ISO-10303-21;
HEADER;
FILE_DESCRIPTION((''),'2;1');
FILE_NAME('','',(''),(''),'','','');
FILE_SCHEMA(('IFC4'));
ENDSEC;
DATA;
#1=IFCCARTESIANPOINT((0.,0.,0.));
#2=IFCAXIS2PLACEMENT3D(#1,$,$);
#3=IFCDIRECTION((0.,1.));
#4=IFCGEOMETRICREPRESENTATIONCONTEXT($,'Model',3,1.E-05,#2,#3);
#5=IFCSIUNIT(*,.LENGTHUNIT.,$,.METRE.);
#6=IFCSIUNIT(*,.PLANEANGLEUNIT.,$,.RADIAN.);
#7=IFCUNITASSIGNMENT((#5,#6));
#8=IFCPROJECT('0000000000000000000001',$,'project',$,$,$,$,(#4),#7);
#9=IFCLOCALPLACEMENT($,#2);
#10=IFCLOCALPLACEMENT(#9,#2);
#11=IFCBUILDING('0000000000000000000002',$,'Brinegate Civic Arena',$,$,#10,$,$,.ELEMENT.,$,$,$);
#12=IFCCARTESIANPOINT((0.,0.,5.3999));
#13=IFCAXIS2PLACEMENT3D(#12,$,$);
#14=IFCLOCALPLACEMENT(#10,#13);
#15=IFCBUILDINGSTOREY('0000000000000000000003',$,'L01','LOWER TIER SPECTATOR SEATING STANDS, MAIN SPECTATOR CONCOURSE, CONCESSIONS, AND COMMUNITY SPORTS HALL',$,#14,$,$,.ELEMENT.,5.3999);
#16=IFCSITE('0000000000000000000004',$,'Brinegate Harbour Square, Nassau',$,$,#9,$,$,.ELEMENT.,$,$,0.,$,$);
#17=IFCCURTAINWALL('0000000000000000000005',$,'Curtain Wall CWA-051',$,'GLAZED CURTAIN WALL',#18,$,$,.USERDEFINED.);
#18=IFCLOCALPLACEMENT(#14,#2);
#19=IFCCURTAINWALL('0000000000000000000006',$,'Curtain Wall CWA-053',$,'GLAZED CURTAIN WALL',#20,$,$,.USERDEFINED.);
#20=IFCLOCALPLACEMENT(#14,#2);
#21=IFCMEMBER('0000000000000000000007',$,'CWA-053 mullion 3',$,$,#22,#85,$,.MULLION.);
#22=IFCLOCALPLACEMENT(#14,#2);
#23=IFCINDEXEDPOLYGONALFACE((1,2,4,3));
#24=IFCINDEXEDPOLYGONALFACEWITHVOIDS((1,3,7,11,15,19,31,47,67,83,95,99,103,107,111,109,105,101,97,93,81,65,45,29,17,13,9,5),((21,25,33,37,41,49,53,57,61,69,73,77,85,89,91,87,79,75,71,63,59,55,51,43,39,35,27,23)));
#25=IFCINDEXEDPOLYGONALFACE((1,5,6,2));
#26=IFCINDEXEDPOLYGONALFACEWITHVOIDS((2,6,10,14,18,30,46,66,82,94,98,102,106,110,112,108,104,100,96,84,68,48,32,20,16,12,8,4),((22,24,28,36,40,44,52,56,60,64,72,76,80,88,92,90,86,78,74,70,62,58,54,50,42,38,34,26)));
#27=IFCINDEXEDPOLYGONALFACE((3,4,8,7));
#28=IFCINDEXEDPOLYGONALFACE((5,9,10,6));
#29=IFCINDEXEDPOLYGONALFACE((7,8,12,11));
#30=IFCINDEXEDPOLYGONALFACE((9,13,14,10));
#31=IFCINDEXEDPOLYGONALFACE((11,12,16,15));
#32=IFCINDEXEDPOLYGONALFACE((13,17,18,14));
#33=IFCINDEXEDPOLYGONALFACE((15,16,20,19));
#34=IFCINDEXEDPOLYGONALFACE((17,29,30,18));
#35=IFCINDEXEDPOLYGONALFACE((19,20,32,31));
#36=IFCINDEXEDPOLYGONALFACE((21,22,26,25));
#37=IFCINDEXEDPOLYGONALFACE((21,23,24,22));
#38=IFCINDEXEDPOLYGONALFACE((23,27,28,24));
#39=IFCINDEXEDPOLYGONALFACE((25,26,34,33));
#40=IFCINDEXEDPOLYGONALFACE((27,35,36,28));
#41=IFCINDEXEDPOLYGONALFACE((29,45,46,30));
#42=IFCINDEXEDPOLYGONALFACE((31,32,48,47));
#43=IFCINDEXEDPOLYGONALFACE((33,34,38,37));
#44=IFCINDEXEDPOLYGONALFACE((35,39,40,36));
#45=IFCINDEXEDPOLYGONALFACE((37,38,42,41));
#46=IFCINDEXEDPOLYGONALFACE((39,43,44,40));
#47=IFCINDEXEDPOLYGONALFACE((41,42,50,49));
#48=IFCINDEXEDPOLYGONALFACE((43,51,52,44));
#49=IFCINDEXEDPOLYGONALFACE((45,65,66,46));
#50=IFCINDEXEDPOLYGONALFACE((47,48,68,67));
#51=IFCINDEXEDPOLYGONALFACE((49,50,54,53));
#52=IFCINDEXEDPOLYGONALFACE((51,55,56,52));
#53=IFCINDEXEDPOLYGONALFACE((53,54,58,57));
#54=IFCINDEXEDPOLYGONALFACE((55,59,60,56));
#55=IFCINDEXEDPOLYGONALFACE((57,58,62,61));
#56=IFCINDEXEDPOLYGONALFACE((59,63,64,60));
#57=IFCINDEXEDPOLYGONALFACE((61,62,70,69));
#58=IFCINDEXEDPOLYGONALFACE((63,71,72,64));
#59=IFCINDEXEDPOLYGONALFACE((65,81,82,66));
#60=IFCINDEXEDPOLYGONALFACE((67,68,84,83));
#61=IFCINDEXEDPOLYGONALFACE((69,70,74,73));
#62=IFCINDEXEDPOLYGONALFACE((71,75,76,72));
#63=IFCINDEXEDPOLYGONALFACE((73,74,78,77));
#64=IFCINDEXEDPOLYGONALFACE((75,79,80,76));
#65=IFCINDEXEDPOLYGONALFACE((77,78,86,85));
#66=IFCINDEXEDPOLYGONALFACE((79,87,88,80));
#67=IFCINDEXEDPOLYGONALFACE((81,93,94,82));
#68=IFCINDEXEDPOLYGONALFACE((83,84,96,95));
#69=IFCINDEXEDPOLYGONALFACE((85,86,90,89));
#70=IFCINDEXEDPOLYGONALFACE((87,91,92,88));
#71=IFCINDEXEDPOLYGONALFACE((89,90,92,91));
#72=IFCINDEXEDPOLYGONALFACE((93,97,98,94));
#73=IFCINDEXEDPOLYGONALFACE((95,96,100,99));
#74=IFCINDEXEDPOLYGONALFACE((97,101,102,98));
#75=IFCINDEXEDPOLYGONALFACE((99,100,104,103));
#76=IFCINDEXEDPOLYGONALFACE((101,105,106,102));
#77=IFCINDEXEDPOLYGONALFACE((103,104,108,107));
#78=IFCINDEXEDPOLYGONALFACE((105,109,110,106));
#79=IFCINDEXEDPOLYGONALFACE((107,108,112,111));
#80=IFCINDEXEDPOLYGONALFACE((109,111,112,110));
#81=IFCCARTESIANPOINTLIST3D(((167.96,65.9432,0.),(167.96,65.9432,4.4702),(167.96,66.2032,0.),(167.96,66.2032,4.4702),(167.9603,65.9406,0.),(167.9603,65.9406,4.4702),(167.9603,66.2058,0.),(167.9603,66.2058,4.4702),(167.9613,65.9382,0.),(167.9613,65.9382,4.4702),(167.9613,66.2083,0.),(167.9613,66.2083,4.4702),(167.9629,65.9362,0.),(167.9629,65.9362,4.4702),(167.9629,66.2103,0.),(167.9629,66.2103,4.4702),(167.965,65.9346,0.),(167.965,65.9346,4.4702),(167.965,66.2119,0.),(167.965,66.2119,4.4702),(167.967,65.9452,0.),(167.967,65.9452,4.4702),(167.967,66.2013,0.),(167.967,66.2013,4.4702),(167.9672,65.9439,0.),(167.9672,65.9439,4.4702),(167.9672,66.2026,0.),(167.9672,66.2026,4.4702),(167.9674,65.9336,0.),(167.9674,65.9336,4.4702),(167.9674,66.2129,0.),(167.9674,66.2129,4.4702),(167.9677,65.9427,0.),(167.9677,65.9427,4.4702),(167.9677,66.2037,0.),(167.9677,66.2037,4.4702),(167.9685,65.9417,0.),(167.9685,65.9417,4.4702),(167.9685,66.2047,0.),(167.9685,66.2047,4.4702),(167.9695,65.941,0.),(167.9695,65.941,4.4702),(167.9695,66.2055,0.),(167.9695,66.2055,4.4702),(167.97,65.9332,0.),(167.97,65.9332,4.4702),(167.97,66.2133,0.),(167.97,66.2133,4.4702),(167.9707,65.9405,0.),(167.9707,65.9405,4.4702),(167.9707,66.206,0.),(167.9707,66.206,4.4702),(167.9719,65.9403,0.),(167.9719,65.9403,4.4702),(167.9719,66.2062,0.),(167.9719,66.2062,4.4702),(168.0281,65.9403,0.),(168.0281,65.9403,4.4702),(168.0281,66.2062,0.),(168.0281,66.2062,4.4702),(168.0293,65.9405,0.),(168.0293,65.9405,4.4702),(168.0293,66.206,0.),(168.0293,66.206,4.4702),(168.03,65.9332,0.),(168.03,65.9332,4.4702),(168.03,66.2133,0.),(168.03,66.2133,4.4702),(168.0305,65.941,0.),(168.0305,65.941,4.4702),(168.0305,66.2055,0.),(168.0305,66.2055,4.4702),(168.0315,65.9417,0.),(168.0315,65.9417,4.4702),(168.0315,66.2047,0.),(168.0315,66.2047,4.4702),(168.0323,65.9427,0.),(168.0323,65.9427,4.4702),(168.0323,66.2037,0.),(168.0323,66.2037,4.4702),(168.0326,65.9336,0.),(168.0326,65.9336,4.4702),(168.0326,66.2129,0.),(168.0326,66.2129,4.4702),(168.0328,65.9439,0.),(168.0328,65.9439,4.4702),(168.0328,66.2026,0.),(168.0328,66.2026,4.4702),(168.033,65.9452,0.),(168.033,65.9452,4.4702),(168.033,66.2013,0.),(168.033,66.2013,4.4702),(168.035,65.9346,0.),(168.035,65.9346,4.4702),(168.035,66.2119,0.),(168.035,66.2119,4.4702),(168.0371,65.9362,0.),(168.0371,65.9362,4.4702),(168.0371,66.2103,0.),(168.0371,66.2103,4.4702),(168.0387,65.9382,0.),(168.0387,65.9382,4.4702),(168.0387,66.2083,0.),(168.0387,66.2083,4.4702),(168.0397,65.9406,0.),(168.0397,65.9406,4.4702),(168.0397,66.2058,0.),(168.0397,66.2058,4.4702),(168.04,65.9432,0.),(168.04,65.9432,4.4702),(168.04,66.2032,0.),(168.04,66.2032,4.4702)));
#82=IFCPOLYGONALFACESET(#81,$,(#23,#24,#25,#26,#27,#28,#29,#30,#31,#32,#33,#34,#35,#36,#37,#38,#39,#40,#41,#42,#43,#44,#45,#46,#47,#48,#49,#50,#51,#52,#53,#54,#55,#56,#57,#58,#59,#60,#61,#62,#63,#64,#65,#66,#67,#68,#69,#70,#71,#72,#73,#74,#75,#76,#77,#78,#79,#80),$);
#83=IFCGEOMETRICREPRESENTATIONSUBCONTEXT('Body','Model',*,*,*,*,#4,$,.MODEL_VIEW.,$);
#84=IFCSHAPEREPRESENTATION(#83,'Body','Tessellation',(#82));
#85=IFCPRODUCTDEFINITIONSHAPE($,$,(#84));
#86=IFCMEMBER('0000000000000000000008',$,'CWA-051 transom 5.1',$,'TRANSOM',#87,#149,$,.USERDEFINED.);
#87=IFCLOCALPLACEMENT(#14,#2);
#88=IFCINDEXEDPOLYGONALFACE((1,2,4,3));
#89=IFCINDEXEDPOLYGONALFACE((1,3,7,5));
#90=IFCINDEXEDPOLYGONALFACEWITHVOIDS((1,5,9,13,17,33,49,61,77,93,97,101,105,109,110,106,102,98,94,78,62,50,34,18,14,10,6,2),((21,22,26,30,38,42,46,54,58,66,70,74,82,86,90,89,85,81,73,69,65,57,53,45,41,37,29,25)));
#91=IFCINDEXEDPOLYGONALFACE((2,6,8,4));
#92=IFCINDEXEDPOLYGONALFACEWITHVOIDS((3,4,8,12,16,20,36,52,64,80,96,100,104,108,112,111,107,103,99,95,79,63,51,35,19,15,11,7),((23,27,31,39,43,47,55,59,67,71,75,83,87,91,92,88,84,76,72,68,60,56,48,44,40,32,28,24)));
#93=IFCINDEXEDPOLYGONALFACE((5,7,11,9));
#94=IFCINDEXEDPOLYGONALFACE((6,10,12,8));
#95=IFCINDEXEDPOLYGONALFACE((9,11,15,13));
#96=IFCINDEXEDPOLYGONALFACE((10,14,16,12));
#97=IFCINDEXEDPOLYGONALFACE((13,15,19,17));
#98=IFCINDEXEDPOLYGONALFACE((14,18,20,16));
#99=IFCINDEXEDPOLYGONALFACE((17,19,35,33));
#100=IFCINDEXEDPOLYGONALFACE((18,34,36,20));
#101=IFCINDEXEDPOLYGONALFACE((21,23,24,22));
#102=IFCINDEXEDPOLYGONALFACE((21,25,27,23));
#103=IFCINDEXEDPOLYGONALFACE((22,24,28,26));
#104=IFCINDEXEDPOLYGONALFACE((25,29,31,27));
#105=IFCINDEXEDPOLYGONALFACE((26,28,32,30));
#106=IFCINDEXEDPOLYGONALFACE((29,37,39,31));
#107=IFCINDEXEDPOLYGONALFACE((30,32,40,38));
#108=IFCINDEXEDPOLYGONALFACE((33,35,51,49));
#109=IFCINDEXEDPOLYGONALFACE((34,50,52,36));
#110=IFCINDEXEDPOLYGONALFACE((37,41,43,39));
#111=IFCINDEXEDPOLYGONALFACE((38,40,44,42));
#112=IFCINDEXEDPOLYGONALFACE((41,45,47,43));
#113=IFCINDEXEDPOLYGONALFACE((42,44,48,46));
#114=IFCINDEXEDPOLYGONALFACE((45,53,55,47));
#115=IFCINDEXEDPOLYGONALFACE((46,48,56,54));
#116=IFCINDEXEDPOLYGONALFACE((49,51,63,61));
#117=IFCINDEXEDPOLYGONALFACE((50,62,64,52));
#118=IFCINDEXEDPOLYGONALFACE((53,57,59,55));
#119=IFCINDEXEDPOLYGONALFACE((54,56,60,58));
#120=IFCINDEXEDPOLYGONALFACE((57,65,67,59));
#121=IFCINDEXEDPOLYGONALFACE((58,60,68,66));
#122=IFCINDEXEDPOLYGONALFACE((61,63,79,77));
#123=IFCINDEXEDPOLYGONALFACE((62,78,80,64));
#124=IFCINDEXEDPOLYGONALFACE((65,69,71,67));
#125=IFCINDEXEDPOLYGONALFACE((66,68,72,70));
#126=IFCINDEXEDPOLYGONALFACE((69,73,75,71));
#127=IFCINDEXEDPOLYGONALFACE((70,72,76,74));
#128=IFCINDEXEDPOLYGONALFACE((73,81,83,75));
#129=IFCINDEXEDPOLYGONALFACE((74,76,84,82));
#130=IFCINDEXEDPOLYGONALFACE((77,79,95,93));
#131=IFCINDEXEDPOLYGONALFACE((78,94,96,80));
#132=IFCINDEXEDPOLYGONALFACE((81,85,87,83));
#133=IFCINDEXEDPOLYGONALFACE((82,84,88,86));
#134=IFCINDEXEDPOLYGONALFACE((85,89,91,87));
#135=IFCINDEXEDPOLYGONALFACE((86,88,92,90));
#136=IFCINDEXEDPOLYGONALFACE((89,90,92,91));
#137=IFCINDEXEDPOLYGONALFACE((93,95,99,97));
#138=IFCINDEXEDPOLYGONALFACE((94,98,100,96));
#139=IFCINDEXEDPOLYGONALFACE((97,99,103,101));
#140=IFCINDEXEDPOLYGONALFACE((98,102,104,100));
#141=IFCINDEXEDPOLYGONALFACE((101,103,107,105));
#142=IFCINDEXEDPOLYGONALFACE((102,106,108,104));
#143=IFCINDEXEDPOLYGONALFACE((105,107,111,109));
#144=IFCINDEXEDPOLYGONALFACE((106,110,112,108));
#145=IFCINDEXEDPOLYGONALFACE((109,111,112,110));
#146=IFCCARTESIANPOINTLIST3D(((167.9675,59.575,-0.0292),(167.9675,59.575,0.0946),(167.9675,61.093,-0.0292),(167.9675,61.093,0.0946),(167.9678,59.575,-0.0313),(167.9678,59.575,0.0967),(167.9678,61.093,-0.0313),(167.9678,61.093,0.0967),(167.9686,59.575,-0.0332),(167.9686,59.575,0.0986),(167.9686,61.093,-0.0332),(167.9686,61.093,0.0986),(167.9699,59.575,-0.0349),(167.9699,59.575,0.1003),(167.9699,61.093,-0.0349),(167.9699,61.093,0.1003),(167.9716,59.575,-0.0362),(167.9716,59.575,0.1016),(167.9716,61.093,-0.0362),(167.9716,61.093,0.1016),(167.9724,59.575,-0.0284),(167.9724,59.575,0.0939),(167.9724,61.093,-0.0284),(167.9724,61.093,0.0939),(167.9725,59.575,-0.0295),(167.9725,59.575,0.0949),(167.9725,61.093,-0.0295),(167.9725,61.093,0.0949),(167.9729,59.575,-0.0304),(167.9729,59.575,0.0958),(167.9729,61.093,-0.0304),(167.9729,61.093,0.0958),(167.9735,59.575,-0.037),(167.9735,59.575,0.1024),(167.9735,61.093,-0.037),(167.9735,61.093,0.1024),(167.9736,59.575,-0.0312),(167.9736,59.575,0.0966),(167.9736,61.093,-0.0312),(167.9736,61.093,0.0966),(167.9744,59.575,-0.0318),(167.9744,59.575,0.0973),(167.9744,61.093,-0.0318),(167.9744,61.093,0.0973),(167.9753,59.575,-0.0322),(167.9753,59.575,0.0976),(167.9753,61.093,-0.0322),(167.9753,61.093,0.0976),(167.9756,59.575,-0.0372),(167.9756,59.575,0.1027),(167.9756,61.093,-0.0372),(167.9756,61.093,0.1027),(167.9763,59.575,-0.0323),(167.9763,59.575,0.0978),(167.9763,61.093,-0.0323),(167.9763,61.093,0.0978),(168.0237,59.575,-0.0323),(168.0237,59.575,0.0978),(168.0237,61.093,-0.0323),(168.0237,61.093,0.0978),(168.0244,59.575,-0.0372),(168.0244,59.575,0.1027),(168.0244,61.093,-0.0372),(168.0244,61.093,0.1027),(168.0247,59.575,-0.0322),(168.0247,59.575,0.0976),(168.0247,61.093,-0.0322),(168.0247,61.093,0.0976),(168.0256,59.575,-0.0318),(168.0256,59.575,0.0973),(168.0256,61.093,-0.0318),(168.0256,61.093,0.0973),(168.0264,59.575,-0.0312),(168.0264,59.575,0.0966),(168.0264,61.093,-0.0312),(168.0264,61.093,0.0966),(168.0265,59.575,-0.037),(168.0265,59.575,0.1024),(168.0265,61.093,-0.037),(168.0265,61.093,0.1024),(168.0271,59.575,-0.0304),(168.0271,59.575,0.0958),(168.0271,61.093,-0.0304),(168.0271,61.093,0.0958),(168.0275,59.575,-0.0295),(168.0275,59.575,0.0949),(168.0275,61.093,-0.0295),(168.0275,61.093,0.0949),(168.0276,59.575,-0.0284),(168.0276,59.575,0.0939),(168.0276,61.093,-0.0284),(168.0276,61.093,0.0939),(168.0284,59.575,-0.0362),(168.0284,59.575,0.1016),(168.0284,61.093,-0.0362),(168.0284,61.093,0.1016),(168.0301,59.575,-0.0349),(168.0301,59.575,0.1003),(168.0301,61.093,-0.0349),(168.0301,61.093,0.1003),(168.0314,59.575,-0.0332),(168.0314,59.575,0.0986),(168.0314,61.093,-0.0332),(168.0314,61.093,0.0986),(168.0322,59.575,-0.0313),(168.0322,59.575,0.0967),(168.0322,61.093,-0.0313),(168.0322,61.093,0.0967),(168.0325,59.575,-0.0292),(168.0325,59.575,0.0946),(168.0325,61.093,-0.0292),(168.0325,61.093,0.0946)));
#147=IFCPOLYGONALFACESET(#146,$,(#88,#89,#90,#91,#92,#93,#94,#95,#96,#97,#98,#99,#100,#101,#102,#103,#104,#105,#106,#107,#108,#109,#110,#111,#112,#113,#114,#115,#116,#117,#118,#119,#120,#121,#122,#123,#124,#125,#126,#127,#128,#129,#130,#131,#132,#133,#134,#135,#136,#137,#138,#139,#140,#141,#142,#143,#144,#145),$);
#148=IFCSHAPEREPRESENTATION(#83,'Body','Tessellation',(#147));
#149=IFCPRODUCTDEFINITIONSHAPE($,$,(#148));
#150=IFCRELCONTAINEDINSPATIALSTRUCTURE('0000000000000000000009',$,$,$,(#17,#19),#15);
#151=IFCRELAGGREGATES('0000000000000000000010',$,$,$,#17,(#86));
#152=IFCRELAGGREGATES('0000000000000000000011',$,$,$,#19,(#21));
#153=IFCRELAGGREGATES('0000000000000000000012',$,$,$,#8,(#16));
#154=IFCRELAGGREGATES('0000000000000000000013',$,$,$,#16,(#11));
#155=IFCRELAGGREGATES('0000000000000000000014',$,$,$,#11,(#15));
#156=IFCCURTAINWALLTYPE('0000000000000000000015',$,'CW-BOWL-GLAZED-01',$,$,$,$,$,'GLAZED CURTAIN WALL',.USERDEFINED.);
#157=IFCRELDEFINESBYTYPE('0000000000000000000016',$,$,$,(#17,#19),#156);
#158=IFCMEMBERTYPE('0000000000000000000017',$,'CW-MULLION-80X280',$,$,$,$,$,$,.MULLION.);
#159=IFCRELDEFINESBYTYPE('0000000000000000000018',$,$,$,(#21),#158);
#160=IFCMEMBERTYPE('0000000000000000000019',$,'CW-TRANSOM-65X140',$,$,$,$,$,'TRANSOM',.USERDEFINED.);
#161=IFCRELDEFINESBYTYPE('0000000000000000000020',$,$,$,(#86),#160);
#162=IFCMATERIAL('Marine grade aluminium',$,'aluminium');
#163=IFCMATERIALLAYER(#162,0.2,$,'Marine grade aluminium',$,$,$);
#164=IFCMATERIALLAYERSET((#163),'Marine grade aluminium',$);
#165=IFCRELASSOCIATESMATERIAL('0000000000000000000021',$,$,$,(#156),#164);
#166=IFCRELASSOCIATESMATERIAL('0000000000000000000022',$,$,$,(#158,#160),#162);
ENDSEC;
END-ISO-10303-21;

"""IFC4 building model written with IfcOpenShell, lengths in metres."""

from ifc_helpers import new_model, si_unit, direction, frame, origin, origin_2d, place, context, subcontext, project, spatial, hollow_rectangle, extrude, material, layer, layer_set, material_profile, profile_set, type_object, element, aggregate, save


model = new_model("IFC4")

# Units and contexts
model_context = context("Model", 3, precision=1e-05, world=origin(), true_north=direction((0.0, 1.0)))
body_context = subcontext(model_context, "Body", "Model", "MODEL_VIEW")
ifc_project = project(units=[si_unit("LENGTHUNIT", "METRE"), si_unit("PLANEANGLEUNIT", "RADIAN")], contexts=[model_context])

# Site, building, storey
site_placement = place(None, origin())
site = spatial("IfcSite", under=ifc_project, at=site_placement, Name="Brinegate Harbour Square, Nassau", CompositionType="ELEMENT", RefElevation=0.0)
building_placement = place(site_placement, origin())
building = spatial("IfcBuilding", under=site, at=building_placement, Name="Brinegate Civic Arena", CompositionType="ELEMENT")
storey_placement = place(building_placement, frame((0.0, 0.0, 5.3999)))
storey = spatial("IfcBuildingStorey", under=building, at=storey_placement, Name="L01", Description="LOWER TIER SPECTATOR SEATING STANDS, MAIN SPECTATOR CONCOURSE, CONCESSIONS, AND COMMUNITY SPORTS HALL", CompositionType="ELEMENT", Elevation=5.3999)

# Curtain walls, member
ifc_material_1 = material(Name="Marine grade aluminium", Category="aluminium")
ifc_layer_1 = layer(ifc_material_1, 0.2, Name="Marine grade aluminium")
ifc_layer_set_1 = layer_set([ifc_layer_1], Name="Marine grade aluminium")
curtain_wall_type = type_object("IfcCurtainWallType", Name="CW-BOWL-GLAZED-01", ElementType="GLAZED CURTAIN WALL", PredefinedType="USERDEFINED", material=ifc_layer_set_1)
curtain_wall_1_placement = place(storey_placement, origin())
curtain_wall_1 = element("IfcCurtainWall", 1, at=curtain_wall_1_placement, inside=storey, type_object=curtain_wall_type, Name="Curtain Wall CWA-051", ObjectType="GLAZED CURTAIN WALL", PredefinedType="USERDEFINED")
curtain_wall_2_placement = place(storey_placement, origin())
curtain_wall_2 = element("IfcCurtainWall", 2, at=curtain_wall_2_placement, inside=storey, type_object=curtain_wall_type, Name="Curtain Wall CWA-053", ObjectType="GLAZED CURTAIN WALL", PredefinedType="USERDEFINED")
ifc_material_profile_1 = material_profile(ifc_material_1, hollow_rectangle(XDim=0.0801, YDim=0.28, WallThickness=0.0071, InnerFilletRadius=0.0049, OuterFilletRadius=0.01, at=origin_2d()), Name="MUL80X280")
ifc_profile_set_1 = profile_set([ifc_material_profile_1], Name="Marine grade aluminium")
member_type_1 = type_object("IfcMemberType", Name="CW-MULLION-80X280", PredefinedType="MULLION", material=ifc_profile_set_1)
member_1_placement = place(storey_placement, frame((168.0, 66.0732, 0.0), z_axis=(0.0, 0.0, 1.0), x_axis=(-1.0, 0.0, 0.0)))
member_1 = element("IfcMember", 3, at=member_1_placement, type_object=member_type_1, Name="CWA-053 mullion 3", PredefinedType="MULLION", context=body_context, shape_type="SweptSolid", body=[
    extrude(hollow_rectangle(XDim=0.0801, YDim=0.28, WallThickness=0.0071, InnerFilletRadius=0.0049, OuterFilletRadius=0.01, at=origin_2d()), origin(), (0.0, 0.0, 1.0), 4.4702),
])

# Member
ifc_material_profile_2 = material_profile(ifc_material_1, hollow_rectangle(XDim=0.0649, YDim=0.1399, WallThickness=0.0049, InnerFilletRadius=0.0039, OuterFilletRadius=0.0081, at=origin_2d()), Name="TRN65X140")
ifc_profile_set_2 = profile_set([ifc_material_profile_2], Name="Marine grade aluminium")
member_type_2 = type_object("IfcMemberType", Name="CW-TRANSOM-65X140", ElementType="TRANSOM", PredefinedType="USERDEFINED", material=ifc_profile_set_2)
member_2_placement = place(storey_placement, frame((168.0, 59.575, 0.0327), z_axis=(0.0, 1.0, 0.0), x_axis=(-1.0, 0.0, 0.0)))
member_2 = element("IfcMember", 4, at=member_2_placement, type_object=member_type_2, Name="CWA-051 transom 5.1", ObjectType="TRANSOM", PredefinedType="USERDEFINED", context=body_context, shape_type="SweptSolid", body=[
    extrude(hollow_rectangle(XDim=0.0649, YDim=0.1399, WallThickness=0.0049, InnerFilletRadius=0.0039, OuterFilletRadius=0.0081, at=origin_2d()), origin(), (0.0, 0.0, 1.0), 1.5181),
])

aggregate(curtain_wall_1, [member_2])
aggregate(curtain_wall_2, [member_1])

save(model, "model.ifc")
